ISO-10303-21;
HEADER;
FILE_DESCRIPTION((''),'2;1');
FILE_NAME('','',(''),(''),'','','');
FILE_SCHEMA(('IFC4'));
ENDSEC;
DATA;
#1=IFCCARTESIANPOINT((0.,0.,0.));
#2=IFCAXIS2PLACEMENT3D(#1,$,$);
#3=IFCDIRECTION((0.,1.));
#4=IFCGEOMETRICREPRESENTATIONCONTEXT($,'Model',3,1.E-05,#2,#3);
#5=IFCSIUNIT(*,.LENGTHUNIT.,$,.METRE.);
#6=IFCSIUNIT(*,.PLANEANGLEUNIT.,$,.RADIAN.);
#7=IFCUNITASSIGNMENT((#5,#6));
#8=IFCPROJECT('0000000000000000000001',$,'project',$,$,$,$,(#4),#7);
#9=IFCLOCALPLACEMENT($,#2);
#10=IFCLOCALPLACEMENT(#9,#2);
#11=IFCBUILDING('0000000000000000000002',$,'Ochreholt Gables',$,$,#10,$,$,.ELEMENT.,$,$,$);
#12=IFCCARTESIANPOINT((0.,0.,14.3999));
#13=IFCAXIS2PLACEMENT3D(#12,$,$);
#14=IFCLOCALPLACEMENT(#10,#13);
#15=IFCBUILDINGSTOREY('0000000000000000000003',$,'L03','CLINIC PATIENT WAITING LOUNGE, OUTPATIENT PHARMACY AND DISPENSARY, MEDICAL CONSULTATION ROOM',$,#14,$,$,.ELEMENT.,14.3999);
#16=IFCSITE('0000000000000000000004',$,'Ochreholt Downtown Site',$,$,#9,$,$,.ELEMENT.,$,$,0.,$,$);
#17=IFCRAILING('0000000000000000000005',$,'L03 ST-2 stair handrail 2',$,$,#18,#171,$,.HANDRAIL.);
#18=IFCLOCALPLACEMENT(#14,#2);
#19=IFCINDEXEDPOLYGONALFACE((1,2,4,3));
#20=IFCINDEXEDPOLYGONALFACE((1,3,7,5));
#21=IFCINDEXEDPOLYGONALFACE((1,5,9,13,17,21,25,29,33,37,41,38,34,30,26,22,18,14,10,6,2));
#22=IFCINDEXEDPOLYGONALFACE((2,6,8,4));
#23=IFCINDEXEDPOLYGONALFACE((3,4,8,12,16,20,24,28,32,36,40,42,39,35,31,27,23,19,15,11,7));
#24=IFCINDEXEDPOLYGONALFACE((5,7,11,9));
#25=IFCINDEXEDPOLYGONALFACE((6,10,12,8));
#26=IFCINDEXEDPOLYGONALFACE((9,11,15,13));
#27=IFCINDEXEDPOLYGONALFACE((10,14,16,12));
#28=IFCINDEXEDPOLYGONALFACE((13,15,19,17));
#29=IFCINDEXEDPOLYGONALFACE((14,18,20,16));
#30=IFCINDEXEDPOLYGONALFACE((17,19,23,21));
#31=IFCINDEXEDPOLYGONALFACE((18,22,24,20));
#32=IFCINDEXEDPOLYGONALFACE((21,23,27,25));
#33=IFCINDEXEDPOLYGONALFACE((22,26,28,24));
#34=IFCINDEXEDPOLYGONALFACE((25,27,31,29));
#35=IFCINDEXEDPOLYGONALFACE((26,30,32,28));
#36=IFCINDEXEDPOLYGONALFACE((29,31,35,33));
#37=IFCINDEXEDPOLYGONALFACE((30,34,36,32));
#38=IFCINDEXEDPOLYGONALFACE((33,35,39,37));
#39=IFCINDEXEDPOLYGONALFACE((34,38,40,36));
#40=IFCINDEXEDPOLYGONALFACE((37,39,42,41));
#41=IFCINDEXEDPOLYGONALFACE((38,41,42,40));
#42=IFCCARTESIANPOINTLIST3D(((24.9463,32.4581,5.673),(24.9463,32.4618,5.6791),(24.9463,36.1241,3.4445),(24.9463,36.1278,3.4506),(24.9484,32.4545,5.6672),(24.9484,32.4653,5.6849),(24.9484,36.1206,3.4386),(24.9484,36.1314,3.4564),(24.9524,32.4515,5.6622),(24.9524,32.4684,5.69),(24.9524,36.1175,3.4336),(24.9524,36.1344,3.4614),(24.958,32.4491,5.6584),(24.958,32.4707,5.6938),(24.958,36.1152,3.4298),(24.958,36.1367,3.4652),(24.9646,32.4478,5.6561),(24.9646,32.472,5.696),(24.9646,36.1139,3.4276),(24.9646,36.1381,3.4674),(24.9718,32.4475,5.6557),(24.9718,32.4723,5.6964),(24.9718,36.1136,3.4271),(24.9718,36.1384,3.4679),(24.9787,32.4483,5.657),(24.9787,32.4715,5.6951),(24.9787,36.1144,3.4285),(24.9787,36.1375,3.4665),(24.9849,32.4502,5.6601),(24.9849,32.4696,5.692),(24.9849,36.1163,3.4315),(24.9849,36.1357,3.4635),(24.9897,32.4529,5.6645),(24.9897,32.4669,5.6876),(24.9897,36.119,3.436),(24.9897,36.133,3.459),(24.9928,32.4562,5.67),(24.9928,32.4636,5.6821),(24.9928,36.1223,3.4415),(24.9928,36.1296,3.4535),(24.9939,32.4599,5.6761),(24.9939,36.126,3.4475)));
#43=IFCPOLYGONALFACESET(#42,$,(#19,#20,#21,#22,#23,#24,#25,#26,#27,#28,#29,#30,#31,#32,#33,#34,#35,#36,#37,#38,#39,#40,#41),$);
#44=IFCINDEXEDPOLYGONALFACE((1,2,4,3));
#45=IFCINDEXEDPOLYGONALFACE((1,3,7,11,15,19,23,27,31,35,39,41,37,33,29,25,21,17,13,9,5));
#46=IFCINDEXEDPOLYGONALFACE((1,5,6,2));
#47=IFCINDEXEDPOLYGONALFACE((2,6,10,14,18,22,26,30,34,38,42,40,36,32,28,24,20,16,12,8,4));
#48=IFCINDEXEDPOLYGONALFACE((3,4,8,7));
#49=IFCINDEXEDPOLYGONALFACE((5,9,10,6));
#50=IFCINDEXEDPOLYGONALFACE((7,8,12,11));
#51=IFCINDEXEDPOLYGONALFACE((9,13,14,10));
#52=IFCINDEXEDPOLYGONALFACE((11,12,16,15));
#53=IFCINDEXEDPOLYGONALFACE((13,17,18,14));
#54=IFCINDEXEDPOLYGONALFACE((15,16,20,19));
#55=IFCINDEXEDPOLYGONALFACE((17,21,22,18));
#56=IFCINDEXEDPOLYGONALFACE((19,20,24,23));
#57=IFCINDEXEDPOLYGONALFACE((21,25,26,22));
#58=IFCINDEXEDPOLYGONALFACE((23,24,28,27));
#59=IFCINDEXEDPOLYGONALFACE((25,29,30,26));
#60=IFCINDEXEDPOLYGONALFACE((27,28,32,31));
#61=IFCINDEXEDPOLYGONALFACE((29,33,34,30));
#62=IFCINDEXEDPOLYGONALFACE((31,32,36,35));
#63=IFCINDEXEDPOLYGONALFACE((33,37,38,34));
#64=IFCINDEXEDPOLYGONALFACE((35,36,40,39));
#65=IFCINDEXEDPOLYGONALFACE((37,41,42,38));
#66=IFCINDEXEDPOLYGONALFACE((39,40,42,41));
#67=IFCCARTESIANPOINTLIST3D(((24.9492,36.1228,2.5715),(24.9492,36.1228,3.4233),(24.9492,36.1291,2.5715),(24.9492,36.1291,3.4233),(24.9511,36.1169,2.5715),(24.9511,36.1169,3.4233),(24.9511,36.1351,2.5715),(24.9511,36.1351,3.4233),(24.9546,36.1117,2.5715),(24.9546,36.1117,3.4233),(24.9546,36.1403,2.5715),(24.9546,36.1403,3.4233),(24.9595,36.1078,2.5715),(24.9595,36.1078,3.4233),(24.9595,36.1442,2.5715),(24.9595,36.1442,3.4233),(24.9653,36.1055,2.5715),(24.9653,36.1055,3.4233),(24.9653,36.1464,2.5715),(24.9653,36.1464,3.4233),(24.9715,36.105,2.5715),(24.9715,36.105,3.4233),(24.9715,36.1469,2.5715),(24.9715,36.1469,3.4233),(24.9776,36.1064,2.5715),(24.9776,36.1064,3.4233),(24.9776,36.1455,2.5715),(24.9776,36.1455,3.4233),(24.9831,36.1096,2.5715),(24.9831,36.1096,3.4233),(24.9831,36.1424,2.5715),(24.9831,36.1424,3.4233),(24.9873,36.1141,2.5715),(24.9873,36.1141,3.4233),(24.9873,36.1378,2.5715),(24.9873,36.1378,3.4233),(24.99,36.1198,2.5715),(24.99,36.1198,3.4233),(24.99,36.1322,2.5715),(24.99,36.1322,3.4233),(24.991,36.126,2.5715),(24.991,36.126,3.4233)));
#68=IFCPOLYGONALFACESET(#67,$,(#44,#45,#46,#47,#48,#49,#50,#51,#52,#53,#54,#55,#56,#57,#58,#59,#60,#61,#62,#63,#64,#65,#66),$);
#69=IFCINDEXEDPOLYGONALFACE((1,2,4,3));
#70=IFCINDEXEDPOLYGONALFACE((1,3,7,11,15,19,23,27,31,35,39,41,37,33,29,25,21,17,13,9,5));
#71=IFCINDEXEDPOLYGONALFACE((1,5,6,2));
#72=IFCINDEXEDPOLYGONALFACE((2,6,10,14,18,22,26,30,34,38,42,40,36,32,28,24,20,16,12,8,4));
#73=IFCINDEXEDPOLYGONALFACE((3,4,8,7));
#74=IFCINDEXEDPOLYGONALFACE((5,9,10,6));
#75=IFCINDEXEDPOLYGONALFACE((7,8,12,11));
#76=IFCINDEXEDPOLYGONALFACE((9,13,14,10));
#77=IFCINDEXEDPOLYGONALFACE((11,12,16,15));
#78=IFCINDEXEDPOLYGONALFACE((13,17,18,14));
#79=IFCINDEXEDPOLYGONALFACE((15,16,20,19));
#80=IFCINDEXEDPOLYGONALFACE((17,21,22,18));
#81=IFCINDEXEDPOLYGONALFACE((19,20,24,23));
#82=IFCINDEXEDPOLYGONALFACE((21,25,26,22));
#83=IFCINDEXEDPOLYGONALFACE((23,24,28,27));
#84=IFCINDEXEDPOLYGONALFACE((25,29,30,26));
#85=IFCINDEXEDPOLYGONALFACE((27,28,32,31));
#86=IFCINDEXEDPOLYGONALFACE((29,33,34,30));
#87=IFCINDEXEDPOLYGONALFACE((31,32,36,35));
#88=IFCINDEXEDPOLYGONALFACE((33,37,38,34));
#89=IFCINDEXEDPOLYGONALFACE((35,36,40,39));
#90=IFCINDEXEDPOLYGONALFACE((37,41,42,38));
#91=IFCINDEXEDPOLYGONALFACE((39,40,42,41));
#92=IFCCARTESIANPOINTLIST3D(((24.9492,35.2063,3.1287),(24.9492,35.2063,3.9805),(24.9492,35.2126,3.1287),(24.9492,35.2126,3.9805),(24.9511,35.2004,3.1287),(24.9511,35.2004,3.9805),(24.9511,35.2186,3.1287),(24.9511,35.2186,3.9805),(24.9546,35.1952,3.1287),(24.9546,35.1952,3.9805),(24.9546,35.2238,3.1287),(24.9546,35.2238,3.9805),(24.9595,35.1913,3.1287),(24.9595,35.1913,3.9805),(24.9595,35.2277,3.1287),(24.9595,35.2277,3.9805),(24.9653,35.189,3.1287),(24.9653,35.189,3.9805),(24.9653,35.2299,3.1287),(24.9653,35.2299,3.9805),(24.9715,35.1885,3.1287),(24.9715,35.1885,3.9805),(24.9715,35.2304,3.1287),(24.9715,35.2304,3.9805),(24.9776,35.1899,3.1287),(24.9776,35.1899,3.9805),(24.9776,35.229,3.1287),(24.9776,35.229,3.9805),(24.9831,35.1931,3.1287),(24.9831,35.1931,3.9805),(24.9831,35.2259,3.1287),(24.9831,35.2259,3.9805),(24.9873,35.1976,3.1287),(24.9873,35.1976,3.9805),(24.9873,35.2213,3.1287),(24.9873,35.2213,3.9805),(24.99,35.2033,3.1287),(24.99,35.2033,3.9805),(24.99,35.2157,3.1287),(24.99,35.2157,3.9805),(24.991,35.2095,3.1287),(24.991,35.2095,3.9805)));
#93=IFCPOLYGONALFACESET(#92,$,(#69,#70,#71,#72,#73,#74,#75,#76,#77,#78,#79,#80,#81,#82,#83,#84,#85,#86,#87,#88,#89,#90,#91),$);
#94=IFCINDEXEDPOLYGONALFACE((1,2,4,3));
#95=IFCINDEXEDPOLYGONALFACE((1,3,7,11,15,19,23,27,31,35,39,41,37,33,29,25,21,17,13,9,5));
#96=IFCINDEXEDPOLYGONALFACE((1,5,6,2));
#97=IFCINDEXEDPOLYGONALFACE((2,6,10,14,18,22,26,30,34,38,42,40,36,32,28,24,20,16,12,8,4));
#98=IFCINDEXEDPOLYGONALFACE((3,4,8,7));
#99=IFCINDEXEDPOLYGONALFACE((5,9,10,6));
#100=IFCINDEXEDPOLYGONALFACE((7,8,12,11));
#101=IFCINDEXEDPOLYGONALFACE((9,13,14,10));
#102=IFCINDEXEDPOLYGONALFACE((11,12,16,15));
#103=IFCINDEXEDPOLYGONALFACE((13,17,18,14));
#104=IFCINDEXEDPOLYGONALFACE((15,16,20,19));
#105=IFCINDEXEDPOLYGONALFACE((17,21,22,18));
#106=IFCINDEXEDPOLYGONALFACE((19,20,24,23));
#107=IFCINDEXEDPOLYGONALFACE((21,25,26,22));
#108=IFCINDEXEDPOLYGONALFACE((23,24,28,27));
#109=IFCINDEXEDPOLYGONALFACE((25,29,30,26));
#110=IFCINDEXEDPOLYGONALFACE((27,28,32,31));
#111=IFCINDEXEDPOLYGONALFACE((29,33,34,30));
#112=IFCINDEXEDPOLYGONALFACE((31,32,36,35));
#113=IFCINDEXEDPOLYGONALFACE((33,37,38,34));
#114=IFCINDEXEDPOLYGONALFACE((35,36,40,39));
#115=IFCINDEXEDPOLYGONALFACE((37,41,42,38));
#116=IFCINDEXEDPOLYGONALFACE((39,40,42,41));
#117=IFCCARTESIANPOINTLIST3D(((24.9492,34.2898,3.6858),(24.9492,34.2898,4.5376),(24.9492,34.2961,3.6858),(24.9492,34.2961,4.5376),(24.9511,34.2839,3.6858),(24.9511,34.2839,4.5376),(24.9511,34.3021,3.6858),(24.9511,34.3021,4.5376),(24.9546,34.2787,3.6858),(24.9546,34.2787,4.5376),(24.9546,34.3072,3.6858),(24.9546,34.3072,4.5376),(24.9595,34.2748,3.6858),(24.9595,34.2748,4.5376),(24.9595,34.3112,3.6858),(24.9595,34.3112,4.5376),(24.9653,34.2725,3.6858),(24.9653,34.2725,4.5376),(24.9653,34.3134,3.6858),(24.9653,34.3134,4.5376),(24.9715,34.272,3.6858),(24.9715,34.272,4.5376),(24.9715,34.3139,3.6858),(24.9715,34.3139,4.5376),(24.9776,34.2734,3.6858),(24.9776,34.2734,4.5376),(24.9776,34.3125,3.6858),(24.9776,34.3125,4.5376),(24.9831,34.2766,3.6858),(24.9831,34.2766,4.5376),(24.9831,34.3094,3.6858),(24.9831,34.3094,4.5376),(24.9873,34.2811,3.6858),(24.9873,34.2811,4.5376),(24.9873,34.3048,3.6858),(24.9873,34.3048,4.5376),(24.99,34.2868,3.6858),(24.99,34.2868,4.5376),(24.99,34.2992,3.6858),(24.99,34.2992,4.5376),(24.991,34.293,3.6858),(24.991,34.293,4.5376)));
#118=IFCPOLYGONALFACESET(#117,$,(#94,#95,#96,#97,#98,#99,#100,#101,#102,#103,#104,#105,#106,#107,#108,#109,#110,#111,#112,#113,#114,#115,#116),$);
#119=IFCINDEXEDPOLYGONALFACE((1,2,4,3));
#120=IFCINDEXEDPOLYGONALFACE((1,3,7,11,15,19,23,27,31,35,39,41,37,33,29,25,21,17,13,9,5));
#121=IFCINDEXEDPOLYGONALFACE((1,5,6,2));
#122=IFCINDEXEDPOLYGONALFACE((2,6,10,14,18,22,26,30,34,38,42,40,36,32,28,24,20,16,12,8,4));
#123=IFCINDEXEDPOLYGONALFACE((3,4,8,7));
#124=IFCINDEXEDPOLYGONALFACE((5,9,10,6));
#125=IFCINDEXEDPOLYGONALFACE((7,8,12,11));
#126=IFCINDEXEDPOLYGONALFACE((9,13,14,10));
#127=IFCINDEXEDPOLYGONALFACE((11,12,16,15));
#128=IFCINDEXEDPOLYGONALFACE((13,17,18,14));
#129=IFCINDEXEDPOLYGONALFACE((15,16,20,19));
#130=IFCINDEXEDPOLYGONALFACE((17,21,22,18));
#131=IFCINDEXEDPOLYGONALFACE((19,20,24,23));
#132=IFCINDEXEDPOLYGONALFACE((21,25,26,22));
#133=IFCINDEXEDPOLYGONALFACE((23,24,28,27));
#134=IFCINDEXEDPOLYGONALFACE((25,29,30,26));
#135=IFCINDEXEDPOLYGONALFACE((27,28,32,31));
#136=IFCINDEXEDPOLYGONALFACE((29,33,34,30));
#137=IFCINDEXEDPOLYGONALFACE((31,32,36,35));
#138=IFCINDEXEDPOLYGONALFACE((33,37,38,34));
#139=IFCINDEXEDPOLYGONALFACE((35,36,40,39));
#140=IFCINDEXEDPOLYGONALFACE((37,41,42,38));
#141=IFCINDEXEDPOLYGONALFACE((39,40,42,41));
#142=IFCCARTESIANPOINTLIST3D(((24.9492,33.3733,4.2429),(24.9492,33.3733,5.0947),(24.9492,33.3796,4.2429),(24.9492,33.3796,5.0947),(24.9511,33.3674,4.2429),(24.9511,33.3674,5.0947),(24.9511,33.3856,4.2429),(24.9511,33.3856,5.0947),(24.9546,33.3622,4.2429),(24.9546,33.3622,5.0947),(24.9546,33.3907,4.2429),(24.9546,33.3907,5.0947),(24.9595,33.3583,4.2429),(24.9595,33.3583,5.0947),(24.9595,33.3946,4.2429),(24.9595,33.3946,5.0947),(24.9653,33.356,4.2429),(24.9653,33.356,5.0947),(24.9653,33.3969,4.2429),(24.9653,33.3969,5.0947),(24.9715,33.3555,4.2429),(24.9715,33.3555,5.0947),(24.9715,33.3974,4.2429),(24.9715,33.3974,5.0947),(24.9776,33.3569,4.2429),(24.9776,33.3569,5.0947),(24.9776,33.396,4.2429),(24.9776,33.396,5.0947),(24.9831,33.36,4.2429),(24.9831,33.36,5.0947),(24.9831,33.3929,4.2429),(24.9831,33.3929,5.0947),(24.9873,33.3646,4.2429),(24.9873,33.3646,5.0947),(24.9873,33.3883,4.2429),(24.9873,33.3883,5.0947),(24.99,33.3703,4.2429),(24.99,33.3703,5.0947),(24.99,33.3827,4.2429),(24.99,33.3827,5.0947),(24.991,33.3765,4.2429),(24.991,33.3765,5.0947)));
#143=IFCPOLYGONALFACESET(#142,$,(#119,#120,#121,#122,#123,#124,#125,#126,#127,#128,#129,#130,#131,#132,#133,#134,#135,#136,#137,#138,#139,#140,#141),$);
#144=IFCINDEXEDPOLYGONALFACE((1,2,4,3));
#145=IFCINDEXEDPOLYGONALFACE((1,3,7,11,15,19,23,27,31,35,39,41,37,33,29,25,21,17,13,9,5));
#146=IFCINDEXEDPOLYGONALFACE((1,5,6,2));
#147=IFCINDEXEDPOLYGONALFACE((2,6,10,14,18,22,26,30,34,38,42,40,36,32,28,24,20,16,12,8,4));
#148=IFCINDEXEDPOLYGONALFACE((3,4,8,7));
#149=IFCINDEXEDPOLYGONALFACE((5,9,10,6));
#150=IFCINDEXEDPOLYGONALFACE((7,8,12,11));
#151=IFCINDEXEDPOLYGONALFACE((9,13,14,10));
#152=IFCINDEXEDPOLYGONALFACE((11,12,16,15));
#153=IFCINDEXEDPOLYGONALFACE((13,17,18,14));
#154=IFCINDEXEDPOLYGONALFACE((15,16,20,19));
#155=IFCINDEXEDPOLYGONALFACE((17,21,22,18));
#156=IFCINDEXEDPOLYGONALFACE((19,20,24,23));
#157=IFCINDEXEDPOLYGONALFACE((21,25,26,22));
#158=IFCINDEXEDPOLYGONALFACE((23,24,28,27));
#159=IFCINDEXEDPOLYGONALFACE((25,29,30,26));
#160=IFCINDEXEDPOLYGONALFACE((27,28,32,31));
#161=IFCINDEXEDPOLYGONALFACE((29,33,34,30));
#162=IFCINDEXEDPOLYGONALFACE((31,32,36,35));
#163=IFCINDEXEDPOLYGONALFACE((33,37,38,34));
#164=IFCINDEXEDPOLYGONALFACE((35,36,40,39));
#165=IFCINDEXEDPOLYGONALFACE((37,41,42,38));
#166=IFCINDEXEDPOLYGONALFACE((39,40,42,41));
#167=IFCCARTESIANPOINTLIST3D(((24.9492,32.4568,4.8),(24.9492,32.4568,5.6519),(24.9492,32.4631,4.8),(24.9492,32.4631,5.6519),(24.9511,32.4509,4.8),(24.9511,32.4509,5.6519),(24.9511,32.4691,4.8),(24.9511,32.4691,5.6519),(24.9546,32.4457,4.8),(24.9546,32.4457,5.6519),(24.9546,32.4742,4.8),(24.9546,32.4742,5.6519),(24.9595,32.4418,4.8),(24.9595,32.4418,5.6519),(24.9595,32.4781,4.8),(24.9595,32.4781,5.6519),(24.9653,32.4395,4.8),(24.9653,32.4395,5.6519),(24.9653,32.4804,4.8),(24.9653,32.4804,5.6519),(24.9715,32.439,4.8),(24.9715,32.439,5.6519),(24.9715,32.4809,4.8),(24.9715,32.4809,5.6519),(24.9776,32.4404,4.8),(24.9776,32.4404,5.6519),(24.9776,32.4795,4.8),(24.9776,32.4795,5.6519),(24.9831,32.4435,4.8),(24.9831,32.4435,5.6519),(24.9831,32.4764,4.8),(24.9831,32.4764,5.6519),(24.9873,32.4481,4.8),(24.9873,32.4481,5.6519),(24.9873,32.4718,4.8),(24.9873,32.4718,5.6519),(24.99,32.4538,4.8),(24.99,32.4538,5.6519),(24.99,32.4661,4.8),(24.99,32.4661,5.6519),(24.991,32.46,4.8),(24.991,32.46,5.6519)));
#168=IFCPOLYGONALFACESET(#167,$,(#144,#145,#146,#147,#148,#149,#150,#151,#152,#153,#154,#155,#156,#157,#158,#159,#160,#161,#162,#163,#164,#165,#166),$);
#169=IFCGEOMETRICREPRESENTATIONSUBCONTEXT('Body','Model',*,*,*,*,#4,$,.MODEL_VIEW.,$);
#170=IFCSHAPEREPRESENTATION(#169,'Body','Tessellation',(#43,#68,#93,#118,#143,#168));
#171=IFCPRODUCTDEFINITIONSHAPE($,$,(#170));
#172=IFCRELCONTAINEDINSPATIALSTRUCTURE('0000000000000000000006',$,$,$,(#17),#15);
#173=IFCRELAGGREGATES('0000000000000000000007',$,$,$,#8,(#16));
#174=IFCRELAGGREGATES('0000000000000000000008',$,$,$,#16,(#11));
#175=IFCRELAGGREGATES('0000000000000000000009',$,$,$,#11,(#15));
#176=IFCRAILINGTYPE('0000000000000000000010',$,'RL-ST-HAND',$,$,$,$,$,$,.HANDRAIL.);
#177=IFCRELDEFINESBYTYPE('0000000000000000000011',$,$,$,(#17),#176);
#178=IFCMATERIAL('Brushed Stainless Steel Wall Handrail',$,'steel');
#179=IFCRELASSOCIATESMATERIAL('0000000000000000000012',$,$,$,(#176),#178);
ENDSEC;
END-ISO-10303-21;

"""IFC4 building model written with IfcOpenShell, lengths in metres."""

from ifc_helpers import new_model, si_unit, direction, frame, origin, origin_2d, place, context, subcontext, project, spatial, circle, extrude, material, type_object, element, save


model = new_model("IFC4")

# Units and contexts
model_context = context("Model", 3, precision=1e-05, world=origin(), true_north=direction((0.0, 1.0)))
body_context = subcontext(model_context, "Body", "Model", "MODEL_VIEW")
ifc_project = project(units=[si_unit("LENGTHUNIT", "METRE"), si_unit("PLANEANGLEUNIT", "RADIAN")], contexts=[model_context])

# Site, building, storey
site_placement = place(None, origin())
site = spatial("IfcSite", under=ifc_project, at=site_placement, Name="Ochreholt Downtown Site", CompositionType="ELEMENT", RefElevation=0.0)
building_placement = place(site_placement, origin())
building = spatial("IfcBuilding", under=site, at=building_placement, Name="Ochreholt Gables", CompositionType="ELEMENT")
storey_placement = place(building_placement, frame((0.0, 0.0, 14.3999)))
storey = spatial("IfcBuildingStorey", under=building, at=storey_placement, Name="L03", Description="CLINIC PATIENT WAITING LOUNGE, OUTPATIENT PHARMACY AND DISPENSARY, MEDICAL CONSULTATION ROOM", CompositionType="ELEMENT", Elevation=14.3999)

# Railing
ifc_material_1 = material(Name="Brushed Stainless Steel Wall Handrail", Category="steel")
railing_type_1 = type_object("IfcRailingType", Name="RL-ST-HAND", PredefinedType="HANDRAIL", material=ifc_material_1)
railing_1_placement = place(storey_placement, frame((24.97, 36.126, 2.5715)))
element("IfcRailing", 1, at=railing_1_placement, inside=storey, type_object=railing_type_1, Name="L03 ST-2 stair handrail 2", PredefinedType="HANDRAIL", context=body_context, shape_type="SweptSolid", body=[
    extrude(circle(Radius=0.0239, at=origin_2d()), frame((0.0, 0.0, 0.876), z_axis=(0.0, -0.854506, 0.519441), x_axis=(1.0, 0.0, 0.0)), (0.0, 0.0, 1.0), 4.2903),
    extrude(circle(Radius=0.021, at=origin_2d()), origin(), (0.0, 0.0, 1.0), 0.8518),
    extrude(circle(Radius=0.021, at=origin_2d()), frame((0.0, -0.9165, 0.5571)), (0.0, 0.0, 1.0), 0.8518),
    extrude(circle(Radius=0.021, at=origin_2d()), frame((0.0, -1.833, 1.1143)), (0.0, 0.0, 1.0), 0.8518),
    extrude(circle(Radius=0.021, at=origin_2d()), frame((0.0, -2.7495, 1.6714)), (0.0, 0.0, 1.0), 0.8518),
    extrude(circle(Radius=0.021, at=origin_2d()), frame((0.0, -3.666, 2.2285)), (0.0, 0.0, 1.0), 0.8518),
])

save(model, "model.ifc")
